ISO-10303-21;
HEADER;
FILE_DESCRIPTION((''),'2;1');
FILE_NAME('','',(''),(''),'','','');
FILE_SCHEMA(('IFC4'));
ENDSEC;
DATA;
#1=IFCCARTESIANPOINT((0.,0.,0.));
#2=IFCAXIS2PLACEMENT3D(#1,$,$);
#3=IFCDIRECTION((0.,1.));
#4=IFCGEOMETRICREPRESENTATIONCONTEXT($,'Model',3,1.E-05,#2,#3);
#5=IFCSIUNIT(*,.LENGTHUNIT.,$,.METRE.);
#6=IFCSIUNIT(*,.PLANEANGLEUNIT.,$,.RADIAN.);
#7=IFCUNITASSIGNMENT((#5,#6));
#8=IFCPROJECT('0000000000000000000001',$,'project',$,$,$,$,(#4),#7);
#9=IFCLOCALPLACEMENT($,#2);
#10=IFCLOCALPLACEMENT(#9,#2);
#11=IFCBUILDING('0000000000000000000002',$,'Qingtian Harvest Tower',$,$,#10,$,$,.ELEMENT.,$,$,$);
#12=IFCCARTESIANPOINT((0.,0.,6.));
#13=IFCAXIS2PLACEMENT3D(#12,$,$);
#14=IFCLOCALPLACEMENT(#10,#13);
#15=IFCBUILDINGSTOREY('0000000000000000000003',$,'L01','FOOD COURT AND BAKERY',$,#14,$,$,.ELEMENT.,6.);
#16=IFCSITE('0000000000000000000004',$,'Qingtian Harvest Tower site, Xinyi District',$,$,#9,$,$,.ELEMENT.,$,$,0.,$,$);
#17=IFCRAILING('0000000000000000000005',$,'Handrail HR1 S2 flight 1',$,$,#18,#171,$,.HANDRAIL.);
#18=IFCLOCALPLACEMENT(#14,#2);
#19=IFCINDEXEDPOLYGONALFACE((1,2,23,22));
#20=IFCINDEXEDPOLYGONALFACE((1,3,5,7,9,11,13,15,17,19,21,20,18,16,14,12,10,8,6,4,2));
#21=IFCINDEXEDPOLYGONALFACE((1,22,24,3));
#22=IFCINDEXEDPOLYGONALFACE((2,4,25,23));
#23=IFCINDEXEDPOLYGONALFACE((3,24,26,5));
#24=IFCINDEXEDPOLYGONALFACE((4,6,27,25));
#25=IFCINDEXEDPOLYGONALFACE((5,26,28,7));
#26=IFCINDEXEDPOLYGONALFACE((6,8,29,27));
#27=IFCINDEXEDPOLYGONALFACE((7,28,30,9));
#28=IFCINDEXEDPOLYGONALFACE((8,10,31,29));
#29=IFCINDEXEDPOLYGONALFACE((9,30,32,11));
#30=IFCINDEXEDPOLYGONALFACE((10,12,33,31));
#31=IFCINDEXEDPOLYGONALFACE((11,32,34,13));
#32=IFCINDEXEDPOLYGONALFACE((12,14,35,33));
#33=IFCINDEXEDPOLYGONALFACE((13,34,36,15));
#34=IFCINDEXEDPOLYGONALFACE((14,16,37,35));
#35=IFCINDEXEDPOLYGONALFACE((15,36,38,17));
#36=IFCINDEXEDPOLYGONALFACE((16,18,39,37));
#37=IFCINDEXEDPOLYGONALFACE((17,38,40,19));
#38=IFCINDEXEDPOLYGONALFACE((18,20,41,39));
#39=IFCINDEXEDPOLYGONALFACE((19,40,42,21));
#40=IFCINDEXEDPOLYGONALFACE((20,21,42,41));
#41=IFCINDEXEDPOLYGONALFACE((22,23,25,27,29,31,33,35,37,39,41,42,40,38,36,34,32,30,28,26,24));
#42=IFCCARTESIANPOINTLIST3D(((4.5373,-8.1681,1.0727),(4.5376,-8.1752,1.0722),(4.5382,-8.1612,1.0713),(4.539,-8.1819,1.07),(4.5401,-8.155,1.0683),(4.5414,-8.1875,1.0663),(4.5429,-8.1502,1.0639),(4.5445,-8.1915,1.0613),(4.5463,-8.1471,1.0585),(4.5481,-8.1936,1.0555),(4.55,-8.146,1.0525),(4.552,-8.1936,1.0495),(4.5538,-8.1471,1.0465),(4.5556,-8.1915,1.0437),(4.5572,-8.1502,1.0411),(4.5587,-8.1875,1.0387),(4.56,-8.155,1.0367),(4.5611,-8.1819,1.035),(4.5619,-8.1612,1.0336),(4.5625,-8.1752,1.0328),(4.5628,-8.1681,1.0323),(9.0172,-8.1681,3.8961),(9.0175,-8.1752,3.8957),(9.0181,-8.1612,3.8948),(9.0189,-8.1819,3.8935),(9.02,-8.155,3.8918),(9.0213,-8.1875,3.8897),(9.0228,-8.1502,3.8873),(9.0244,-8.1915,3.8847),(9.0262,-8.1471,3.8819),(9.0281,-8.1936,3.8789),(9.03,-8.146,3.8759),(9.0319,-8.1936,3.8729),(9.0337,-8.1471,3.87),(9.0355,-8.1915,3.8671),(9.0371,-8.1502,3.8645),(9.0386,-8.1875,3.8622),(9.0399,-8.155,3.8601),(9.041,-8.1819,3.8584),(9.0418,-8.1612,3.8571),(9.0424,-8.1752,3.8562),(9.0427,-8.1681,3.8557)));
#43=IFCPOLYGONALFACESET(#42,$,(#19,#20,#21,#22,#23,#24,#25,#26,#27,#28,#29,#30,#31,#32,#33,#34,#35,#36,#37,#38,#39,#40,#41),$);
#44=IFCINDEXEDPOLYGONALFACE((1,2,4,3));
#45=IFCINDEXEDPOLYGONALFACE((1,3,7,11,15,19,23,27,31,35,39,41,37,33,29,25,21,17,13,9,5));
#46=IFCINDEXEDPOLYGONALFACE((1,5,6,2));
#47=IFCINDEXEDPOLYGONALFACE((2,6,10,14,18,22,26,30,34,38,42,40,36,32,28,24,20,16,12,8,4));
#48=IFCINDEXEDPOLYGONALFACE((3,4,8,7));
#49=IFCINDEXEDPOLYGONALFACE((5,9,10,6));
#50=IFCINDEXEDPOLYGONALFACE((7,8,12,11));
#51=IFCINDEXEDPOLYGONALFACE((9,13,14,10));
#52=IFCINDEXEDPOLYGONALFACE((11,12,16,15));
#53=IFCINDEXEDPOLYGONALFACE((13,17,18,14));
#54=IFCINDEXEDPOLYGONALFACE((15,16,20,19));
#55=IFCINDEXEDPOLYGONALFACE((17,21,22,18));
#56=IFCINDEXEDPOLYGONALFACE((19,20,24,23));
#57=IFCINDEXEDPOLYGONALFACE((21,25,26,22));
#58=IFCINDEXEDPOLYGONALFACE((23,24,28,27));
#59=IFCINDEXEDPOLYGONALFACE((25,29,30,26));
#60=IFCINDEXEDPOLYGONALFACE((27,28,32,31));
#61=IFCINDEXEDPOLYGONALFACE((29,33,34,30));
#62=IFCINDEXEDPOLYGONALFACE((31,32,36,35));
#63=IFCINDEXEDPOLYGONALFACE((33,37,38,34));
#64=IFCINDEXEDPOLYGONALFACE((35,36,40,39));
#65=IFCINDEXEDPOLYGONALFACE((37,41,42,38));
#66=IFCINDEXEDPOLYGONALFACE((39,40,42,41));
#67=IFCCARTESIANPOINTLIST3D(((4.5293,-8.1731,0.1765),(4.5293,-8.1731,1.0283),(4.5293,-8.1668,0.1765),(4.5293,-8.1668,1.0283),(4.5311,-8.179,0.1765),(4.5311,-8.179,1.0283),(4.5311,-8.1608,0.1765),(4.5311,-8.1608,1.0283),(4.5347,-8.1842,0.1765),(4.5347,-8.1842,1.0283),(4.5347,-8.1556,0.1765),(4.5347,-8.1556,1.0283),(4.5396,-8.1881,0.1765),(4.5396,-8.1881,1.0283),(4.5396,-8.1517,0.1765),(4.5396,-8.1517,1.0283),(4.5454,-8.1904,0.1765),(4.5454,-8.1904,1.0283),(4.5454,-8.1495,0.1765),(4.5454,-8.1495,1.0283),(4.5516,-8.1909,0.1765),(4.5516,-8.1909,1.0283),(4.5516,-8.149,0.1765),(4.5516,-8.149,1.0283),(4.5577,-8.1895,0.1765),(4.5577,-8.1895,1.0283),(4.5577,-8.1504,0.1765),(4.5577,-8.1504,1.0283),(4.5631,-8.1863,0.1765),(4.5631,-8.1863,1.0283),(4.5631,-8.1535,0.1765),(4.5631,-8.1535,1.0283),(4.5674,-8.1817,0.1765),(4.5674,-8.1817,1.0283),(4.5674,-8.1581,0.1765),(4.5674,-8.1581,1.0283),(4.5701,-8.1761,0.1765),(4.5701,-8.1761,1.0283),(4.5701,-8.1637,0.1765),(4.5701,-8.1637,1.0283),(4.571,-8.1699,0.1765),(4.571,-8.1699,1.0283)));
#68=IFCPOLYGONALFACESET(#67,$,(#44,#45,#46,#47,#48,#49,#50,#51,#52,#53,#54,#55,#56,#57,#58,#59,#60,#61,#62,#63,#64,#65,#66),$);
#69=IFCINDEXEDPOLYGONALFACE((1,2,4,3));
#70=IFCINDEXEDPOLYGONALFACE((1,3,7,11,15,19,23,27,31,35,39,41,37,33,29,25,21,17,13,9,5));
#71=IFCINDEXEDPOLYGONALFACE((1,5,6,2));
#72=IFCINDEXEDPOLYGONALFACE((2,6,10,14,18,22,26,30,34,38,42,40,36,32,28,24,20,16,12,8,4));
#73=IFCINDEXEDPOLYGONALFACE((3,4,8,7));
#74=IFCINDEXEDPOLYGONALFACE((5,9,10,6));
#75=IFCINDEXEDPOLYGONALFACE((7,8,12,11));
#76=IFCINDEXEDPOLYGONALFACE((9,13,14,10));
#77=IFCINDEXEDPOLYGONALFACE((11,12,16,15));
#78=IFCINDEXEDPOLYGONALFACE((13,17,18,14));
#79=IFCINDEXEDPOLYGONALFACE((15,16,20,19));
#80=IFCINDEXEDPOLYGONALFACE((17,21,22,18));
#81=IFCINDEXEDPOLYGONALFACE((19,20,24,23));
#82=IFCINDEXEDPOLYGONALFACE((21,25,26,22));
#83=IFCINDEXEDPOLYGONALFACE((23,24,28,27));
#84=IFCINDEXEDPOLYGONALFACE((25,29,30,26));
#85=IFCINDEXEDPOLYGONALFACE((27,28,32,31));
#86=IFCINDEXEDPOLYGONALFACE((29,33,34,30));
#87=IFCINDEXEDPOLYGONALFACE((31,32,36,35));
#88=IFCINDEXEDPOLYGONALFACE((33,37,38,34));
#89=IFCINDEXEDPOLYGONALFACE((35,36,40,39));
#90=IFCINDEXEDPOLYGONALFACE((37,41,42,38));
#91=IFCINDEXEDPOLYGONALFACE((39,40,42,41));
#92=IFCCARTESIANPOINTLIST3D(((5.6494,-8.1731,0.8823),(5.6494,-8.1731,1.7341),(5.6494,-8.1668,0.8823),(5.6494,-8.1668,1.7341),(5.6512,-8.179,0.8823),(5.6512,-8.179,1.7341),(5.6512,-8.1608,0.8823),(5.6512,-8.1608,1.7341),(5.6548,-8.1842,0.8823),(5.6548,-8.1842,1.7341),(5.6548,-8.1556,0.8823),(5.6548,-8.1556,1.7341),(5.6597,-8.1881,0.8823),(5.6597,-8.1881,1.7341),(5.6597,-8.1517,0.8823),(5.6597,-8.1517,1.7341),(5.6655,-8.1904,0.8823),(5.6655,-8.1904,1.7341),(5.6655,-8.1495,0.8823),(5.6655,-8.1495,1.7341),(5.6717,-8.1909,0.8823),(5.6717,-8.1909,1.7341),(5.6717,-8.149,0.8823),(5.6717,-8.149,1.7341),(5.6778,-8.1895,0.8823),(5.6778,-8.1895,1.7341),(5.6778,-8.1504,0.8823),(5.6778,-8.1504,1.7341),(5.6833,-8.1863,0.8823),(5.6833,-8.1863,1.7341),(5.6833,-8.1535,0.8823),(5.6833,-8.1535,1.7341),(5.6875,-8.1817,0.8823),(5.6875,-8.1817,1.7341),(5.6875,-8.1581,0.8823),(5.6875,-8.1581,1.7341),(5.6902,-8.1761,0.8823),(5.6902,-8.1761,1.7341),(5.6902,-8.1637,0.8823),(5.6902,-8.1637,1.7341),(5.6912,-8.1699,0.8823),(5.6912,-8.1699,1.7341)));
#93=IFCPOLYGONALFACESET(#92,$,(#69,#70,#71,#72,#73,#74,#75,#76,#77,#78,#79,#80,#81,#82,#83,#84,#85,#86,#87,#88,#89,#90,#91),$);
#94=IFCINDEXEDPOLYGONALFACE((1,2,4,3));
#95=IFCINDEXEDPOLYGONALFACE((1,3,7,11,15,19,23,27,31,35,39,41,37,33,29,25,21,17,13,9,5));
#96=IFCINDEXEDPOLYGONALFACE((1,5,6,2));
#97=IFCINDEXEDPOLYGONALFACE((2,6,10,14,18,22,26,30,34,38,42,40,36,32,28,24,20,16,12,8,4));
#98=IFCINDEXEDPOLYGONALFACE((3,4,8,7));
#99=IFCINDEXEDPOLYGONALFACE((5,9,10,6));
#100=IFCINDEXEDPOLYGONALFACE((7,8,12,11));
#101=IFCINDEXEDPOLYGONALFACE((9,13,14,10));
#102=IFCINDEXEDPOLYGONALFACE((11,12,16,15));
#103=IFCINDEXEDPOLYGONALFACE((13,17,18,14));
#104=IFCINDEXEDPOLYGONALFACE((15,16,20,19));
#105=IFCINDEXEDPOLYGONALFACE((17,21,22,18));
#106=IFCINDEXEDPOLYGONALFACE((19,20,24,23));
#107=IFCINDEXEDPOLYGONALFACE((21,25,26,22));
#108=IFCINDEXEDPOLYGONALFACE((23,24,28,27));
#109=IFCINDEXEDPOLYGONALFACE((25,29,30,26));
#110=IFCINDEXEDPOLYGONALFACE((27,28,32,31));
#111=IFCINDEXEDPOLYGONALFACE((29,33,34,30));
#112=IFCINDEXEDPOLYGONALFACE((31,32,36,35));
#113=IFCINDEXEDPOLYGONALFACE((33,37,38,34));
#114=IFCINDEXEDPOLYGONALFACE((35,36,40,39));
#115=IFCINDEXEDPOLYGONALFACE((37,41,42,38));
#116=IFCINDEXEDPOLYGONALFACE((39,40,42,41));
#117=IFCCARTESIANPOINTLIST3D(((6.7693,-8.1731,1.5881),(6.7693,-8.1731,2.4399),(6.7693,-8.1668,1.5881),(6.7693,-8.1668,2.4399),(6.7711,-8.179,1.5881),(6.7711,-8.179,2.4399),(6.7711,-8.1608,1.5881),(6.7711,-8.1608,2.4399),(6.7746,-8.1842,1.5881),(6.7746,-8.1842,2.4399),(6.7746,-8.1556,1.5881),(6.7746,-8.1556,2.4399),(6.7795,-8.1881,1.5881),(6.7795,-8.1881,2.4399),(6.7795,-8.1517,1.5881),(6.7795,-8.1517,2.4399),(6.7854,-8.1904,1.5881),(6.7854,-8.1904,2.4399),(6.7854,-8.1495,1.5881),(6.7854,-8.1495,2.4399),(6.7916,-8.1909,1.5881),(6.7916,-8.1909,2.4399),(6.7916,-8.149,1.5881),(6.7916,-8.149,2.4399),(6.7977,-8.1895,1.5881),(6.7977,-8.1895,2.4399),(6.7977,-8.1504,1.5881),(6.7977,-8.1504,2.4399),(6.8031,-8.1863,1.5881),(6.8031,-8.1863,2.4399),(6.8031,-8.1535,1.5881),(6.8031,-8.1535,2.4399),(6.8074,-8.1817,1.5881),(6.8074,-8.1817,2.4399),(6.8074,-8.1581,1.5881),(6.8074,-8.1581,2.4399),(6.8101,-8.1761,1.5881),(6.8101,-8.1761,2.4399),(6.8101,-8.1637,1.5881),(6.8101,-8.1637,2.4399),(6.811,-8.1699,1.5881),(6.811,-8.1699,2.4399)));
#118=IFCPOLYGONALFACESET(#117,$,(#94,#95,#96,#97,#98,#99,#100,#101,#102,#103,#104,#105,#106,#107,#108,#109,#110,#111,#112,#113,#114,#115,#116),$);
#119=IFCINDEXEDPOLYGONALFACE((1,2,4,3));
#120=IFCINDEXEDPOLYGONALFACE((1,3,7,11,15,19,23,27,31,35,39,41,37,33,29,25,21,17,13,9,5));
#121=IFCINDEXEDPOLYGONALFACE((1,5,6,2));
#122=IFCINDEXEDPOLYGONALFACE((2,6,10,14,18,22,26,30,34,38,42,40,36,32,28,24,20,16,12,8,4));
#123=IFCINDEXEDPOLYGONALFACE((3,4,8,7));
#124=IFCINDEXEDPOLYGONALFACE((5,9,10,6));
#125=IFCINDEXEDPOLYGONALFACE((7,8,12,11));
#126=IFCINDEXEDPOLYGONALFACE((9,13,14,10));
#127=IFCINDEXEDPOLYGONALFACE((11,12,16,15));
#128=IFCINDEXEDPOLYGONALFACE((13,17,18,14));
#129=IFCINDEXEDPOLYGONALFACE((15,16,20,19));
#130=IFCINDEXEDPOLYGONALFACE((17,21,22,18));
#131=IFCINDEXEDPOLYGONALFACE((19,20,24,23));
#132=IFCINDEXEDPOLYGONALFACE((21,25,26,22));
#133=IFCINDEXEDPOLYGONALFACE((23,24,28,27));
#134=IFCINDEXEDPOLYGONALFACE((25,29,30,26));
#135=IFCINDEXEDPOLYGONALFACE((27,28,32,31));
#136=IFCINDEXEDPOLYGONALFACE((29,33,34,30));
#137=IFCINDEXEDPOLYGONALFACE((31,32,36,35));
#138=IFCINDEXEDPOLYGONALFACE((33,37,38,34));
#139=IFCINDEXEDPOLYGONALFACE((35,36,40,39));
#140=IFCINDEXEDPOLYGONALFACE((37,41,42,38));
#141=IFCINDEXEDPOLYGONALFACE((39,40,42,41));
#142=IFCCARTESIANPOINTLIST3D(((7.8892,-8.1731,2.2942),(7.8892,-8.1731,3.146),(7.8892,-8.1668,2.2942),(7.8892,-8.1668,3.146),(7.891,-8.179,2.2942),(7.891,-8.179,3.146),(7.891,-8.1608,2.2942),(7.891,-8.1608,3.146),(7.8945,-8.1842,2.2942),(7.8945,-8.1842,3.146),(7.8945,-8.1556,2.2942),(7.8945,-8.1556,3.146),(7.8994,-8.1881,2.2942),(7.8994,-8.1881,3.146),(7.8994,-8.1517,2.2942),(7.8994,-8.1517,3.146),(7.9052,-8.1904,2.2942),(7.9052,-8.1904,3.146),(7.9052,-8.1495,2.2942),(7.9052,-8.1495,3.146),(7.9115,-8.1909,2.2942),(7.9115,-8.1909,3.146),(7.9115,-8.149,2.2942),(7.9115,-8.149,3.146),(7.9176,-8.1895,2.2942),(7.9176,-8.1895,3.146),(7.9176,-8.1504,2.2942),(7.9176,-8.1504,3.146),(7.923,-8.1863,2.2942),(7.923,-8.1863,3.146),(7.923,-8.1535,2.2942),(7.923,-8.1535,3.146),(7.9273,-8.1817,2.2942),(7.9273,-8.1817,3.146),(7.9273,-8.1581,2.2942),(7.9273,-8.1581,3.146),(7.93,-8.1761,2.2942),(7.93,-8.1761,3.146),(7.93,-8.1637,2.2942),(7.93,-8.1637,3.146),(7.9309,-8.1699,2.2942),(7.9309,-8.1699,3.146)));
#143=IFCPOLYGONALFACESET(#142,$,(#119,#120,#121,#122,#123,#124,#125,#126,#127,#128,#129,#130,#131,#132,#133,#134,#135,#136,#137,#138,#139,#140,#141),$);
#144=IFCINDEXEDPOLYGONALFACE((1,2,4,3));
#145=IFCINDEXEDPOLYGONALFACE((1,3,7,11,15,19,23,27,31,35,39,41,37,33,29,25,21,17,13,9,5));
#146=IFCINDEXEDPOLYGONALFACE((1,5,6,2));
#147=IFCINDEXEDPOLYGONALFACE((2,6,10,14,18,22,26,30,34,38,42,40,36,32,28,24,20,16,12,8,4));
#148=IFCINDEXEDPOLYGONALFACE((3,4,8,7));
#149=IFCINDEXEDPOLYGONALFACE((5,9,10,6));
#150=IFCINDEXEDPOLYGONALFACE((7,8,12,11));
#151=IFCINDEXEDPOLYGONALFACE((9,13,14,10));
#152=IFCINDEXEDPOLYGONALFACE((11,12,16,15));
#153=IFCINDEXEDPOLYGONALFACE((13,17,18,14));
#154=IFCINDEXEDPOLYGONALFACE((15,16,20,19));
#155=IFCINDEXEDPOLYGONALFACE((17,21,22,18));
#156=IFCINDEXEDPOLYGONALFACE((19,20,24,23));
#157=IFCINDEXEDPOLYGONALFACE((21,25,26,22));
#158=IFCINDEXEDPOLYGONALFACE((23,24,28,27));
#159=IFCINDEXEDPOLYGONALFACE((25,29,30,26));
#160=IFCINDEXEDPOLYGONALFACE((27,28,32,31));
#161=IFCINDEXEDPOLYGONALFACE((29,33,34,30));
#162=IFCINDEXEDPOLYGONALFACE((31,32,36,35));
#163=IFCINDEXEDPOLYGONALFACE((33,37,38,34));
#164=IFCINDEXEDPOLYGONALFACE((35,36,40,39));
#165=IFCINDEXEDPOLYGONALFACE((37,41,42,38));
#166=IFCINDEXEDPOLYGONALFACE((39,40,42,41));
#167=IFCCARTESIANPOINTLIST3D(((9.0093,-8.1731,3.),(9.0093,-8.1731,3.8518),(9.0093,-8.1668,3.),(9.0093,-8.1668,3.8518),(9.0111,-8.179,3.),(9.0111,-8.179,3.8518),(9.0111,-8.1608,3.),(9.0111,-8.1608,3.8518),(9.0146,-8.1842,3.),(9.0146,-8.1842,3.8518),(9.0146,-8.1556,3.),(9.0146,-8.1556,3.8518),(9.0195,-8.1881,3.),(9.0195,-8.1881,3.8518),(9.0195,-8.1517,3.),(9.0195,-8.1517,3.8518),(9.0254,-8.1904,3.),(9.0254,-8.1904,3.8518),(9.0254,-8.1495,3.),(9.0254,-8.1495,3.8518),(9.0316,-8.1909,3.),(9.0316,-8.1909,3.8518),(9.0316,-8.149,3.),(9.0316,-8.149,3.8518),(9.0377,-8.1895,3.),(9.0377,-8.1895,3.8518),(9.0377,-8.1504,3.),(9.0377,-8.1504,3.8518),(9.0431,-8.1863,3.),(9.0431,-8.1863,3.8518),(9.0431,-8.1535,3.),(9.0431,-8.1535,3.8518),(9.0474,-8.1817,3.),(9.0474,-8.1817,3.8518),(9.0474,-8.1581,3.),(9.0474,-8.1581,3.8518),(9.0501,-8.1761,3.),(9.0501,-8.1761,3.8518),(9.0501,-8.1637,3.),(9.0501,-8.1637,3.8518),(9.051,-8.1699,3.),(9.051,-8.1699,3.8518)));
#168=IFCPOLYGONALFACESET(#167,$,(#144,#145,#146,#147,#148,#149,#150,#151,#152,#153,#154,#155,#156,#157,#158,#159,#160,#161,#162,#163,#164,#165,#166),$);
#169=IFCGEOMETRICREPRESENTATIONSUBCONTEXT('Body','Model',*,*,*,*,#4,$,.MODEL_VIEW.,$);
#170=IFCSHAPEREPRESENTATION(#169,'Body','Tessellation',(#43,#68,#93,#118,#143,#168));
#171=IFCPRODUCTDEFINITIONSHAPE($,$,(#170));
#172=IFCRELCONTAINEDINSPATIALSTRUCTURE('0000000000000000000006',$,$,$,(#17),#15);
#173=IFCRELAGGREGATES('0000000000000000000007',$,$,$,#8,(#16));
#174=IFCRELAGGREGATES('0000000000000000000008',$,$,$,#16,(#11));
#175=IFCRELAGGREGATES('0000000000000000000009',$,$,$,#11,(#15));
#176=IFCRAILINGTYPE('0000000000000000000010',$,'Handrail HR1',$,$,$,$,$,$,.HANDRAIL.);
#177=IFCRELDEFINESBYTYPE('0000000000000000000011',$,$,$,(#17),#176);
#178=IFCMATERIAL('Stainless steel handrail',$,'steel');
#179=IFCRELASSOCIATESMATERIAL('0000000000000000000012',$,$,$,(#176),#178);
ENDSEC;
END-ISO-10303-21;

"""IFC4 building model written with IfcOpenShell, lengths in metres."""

from ifc_helpers import new_model, si_unit, direction, frame, origin, origin_2d, place, context, subcontext, project, spatial, circle, extrude, material, type_object, element, save


model = new_model("IFC4")

# Units and contexts
model_context = context("Model", 3, precision=1e-05, world=origin(), true_north=direction((0.0, 1.0)))
body_context = subcontext(model_context, "Body", "Model", "MODEL_VIEW")
ifc_project = project(units=[si_unit("LENGTHUNIT", "METRE"), si_unit("PLANEANGLEUNIT", "RADIAN")], contexts=[model_context])

# Site, building, storey
site_placement = place(None, origin())
site = spatial("IfcSite", under=ifc_project, at=site_placement, Name="Qingtian Harvest Tower site, Xinyi District", CompositionType="ELEMENT", RefElevation=0.0)
building_placement = place(site_placement, origin())
building = spatial("IfcBuilding", under=site, at=building_placement, Name="Qingtian Harvest Tower", CompositionType="ELEMENT")
storey_placement = place(building_placement, frame((0.0, 0.0, 6.0)))
storey = spatial("IfcBuildingStorey", under=building, at=storey_placement, Name="L01", Description="FOOD COURT AND BAKERY", CompositionType="ELEMENT", Elevation=6.0)

# Railing
ifc_material_1 = material(Name="Stainless steel handrail", Category="steel")
railing_type = type_object("IfcRailingType", Name="Handrail HR1", PredefinedType="HANDRAIL", material=ifc_material_1)
railing_1_placement = place(storey_placement, frame((4.55, -8.1699, 0.1765)))
element("IfcRailing", 1, at=railing_1_placement, inside=storey, type_object=railing_type, Name="Handrail HR1 S2 flight 1", PredefinedType="HANDRAIL", context=body_context, shape_type="SweptSolid", body=[
    extrude(circle(Radius=0.0239, at=origin_2d()), frame((0.0, 0.0, 0.876), z_axis=(0.845998, 0.0, 0.533186), x_axis=(0.0, 1.0, 0.0)), (0.0, 0.0, 1.0), 5.2954),
    extrude(circle(Radius=0.021, at=origin_2d()), origin(), (0.0, 0.0, 1.0), 0.8518),
    extrude(circle(Radius=0.021, at=origin_2d()), frame((1.1201, 0.0, 0.7058)), (0.0, 0.0, 1.0), 0.8518),
    extrude(circle(Radius=0.021, at=origin_2d()), frame((2.24, 0.0, 1.4116)), (0.0, 0.0, 1.0), 0.8518),
    extrude(circle(Radius=0.021, at=origin_2d()), frame((3.3599, 0.0, 2.1177)), (0.0, 0.0, 1.0), 0.8518),
    extrude(circle(Radius=0.021, at=origin_2d()), frame((4.48, 0.0, 2.8235)), (0.0, 0.0, 1.0), 0.8518),
])

save(model, "model.ifc")
